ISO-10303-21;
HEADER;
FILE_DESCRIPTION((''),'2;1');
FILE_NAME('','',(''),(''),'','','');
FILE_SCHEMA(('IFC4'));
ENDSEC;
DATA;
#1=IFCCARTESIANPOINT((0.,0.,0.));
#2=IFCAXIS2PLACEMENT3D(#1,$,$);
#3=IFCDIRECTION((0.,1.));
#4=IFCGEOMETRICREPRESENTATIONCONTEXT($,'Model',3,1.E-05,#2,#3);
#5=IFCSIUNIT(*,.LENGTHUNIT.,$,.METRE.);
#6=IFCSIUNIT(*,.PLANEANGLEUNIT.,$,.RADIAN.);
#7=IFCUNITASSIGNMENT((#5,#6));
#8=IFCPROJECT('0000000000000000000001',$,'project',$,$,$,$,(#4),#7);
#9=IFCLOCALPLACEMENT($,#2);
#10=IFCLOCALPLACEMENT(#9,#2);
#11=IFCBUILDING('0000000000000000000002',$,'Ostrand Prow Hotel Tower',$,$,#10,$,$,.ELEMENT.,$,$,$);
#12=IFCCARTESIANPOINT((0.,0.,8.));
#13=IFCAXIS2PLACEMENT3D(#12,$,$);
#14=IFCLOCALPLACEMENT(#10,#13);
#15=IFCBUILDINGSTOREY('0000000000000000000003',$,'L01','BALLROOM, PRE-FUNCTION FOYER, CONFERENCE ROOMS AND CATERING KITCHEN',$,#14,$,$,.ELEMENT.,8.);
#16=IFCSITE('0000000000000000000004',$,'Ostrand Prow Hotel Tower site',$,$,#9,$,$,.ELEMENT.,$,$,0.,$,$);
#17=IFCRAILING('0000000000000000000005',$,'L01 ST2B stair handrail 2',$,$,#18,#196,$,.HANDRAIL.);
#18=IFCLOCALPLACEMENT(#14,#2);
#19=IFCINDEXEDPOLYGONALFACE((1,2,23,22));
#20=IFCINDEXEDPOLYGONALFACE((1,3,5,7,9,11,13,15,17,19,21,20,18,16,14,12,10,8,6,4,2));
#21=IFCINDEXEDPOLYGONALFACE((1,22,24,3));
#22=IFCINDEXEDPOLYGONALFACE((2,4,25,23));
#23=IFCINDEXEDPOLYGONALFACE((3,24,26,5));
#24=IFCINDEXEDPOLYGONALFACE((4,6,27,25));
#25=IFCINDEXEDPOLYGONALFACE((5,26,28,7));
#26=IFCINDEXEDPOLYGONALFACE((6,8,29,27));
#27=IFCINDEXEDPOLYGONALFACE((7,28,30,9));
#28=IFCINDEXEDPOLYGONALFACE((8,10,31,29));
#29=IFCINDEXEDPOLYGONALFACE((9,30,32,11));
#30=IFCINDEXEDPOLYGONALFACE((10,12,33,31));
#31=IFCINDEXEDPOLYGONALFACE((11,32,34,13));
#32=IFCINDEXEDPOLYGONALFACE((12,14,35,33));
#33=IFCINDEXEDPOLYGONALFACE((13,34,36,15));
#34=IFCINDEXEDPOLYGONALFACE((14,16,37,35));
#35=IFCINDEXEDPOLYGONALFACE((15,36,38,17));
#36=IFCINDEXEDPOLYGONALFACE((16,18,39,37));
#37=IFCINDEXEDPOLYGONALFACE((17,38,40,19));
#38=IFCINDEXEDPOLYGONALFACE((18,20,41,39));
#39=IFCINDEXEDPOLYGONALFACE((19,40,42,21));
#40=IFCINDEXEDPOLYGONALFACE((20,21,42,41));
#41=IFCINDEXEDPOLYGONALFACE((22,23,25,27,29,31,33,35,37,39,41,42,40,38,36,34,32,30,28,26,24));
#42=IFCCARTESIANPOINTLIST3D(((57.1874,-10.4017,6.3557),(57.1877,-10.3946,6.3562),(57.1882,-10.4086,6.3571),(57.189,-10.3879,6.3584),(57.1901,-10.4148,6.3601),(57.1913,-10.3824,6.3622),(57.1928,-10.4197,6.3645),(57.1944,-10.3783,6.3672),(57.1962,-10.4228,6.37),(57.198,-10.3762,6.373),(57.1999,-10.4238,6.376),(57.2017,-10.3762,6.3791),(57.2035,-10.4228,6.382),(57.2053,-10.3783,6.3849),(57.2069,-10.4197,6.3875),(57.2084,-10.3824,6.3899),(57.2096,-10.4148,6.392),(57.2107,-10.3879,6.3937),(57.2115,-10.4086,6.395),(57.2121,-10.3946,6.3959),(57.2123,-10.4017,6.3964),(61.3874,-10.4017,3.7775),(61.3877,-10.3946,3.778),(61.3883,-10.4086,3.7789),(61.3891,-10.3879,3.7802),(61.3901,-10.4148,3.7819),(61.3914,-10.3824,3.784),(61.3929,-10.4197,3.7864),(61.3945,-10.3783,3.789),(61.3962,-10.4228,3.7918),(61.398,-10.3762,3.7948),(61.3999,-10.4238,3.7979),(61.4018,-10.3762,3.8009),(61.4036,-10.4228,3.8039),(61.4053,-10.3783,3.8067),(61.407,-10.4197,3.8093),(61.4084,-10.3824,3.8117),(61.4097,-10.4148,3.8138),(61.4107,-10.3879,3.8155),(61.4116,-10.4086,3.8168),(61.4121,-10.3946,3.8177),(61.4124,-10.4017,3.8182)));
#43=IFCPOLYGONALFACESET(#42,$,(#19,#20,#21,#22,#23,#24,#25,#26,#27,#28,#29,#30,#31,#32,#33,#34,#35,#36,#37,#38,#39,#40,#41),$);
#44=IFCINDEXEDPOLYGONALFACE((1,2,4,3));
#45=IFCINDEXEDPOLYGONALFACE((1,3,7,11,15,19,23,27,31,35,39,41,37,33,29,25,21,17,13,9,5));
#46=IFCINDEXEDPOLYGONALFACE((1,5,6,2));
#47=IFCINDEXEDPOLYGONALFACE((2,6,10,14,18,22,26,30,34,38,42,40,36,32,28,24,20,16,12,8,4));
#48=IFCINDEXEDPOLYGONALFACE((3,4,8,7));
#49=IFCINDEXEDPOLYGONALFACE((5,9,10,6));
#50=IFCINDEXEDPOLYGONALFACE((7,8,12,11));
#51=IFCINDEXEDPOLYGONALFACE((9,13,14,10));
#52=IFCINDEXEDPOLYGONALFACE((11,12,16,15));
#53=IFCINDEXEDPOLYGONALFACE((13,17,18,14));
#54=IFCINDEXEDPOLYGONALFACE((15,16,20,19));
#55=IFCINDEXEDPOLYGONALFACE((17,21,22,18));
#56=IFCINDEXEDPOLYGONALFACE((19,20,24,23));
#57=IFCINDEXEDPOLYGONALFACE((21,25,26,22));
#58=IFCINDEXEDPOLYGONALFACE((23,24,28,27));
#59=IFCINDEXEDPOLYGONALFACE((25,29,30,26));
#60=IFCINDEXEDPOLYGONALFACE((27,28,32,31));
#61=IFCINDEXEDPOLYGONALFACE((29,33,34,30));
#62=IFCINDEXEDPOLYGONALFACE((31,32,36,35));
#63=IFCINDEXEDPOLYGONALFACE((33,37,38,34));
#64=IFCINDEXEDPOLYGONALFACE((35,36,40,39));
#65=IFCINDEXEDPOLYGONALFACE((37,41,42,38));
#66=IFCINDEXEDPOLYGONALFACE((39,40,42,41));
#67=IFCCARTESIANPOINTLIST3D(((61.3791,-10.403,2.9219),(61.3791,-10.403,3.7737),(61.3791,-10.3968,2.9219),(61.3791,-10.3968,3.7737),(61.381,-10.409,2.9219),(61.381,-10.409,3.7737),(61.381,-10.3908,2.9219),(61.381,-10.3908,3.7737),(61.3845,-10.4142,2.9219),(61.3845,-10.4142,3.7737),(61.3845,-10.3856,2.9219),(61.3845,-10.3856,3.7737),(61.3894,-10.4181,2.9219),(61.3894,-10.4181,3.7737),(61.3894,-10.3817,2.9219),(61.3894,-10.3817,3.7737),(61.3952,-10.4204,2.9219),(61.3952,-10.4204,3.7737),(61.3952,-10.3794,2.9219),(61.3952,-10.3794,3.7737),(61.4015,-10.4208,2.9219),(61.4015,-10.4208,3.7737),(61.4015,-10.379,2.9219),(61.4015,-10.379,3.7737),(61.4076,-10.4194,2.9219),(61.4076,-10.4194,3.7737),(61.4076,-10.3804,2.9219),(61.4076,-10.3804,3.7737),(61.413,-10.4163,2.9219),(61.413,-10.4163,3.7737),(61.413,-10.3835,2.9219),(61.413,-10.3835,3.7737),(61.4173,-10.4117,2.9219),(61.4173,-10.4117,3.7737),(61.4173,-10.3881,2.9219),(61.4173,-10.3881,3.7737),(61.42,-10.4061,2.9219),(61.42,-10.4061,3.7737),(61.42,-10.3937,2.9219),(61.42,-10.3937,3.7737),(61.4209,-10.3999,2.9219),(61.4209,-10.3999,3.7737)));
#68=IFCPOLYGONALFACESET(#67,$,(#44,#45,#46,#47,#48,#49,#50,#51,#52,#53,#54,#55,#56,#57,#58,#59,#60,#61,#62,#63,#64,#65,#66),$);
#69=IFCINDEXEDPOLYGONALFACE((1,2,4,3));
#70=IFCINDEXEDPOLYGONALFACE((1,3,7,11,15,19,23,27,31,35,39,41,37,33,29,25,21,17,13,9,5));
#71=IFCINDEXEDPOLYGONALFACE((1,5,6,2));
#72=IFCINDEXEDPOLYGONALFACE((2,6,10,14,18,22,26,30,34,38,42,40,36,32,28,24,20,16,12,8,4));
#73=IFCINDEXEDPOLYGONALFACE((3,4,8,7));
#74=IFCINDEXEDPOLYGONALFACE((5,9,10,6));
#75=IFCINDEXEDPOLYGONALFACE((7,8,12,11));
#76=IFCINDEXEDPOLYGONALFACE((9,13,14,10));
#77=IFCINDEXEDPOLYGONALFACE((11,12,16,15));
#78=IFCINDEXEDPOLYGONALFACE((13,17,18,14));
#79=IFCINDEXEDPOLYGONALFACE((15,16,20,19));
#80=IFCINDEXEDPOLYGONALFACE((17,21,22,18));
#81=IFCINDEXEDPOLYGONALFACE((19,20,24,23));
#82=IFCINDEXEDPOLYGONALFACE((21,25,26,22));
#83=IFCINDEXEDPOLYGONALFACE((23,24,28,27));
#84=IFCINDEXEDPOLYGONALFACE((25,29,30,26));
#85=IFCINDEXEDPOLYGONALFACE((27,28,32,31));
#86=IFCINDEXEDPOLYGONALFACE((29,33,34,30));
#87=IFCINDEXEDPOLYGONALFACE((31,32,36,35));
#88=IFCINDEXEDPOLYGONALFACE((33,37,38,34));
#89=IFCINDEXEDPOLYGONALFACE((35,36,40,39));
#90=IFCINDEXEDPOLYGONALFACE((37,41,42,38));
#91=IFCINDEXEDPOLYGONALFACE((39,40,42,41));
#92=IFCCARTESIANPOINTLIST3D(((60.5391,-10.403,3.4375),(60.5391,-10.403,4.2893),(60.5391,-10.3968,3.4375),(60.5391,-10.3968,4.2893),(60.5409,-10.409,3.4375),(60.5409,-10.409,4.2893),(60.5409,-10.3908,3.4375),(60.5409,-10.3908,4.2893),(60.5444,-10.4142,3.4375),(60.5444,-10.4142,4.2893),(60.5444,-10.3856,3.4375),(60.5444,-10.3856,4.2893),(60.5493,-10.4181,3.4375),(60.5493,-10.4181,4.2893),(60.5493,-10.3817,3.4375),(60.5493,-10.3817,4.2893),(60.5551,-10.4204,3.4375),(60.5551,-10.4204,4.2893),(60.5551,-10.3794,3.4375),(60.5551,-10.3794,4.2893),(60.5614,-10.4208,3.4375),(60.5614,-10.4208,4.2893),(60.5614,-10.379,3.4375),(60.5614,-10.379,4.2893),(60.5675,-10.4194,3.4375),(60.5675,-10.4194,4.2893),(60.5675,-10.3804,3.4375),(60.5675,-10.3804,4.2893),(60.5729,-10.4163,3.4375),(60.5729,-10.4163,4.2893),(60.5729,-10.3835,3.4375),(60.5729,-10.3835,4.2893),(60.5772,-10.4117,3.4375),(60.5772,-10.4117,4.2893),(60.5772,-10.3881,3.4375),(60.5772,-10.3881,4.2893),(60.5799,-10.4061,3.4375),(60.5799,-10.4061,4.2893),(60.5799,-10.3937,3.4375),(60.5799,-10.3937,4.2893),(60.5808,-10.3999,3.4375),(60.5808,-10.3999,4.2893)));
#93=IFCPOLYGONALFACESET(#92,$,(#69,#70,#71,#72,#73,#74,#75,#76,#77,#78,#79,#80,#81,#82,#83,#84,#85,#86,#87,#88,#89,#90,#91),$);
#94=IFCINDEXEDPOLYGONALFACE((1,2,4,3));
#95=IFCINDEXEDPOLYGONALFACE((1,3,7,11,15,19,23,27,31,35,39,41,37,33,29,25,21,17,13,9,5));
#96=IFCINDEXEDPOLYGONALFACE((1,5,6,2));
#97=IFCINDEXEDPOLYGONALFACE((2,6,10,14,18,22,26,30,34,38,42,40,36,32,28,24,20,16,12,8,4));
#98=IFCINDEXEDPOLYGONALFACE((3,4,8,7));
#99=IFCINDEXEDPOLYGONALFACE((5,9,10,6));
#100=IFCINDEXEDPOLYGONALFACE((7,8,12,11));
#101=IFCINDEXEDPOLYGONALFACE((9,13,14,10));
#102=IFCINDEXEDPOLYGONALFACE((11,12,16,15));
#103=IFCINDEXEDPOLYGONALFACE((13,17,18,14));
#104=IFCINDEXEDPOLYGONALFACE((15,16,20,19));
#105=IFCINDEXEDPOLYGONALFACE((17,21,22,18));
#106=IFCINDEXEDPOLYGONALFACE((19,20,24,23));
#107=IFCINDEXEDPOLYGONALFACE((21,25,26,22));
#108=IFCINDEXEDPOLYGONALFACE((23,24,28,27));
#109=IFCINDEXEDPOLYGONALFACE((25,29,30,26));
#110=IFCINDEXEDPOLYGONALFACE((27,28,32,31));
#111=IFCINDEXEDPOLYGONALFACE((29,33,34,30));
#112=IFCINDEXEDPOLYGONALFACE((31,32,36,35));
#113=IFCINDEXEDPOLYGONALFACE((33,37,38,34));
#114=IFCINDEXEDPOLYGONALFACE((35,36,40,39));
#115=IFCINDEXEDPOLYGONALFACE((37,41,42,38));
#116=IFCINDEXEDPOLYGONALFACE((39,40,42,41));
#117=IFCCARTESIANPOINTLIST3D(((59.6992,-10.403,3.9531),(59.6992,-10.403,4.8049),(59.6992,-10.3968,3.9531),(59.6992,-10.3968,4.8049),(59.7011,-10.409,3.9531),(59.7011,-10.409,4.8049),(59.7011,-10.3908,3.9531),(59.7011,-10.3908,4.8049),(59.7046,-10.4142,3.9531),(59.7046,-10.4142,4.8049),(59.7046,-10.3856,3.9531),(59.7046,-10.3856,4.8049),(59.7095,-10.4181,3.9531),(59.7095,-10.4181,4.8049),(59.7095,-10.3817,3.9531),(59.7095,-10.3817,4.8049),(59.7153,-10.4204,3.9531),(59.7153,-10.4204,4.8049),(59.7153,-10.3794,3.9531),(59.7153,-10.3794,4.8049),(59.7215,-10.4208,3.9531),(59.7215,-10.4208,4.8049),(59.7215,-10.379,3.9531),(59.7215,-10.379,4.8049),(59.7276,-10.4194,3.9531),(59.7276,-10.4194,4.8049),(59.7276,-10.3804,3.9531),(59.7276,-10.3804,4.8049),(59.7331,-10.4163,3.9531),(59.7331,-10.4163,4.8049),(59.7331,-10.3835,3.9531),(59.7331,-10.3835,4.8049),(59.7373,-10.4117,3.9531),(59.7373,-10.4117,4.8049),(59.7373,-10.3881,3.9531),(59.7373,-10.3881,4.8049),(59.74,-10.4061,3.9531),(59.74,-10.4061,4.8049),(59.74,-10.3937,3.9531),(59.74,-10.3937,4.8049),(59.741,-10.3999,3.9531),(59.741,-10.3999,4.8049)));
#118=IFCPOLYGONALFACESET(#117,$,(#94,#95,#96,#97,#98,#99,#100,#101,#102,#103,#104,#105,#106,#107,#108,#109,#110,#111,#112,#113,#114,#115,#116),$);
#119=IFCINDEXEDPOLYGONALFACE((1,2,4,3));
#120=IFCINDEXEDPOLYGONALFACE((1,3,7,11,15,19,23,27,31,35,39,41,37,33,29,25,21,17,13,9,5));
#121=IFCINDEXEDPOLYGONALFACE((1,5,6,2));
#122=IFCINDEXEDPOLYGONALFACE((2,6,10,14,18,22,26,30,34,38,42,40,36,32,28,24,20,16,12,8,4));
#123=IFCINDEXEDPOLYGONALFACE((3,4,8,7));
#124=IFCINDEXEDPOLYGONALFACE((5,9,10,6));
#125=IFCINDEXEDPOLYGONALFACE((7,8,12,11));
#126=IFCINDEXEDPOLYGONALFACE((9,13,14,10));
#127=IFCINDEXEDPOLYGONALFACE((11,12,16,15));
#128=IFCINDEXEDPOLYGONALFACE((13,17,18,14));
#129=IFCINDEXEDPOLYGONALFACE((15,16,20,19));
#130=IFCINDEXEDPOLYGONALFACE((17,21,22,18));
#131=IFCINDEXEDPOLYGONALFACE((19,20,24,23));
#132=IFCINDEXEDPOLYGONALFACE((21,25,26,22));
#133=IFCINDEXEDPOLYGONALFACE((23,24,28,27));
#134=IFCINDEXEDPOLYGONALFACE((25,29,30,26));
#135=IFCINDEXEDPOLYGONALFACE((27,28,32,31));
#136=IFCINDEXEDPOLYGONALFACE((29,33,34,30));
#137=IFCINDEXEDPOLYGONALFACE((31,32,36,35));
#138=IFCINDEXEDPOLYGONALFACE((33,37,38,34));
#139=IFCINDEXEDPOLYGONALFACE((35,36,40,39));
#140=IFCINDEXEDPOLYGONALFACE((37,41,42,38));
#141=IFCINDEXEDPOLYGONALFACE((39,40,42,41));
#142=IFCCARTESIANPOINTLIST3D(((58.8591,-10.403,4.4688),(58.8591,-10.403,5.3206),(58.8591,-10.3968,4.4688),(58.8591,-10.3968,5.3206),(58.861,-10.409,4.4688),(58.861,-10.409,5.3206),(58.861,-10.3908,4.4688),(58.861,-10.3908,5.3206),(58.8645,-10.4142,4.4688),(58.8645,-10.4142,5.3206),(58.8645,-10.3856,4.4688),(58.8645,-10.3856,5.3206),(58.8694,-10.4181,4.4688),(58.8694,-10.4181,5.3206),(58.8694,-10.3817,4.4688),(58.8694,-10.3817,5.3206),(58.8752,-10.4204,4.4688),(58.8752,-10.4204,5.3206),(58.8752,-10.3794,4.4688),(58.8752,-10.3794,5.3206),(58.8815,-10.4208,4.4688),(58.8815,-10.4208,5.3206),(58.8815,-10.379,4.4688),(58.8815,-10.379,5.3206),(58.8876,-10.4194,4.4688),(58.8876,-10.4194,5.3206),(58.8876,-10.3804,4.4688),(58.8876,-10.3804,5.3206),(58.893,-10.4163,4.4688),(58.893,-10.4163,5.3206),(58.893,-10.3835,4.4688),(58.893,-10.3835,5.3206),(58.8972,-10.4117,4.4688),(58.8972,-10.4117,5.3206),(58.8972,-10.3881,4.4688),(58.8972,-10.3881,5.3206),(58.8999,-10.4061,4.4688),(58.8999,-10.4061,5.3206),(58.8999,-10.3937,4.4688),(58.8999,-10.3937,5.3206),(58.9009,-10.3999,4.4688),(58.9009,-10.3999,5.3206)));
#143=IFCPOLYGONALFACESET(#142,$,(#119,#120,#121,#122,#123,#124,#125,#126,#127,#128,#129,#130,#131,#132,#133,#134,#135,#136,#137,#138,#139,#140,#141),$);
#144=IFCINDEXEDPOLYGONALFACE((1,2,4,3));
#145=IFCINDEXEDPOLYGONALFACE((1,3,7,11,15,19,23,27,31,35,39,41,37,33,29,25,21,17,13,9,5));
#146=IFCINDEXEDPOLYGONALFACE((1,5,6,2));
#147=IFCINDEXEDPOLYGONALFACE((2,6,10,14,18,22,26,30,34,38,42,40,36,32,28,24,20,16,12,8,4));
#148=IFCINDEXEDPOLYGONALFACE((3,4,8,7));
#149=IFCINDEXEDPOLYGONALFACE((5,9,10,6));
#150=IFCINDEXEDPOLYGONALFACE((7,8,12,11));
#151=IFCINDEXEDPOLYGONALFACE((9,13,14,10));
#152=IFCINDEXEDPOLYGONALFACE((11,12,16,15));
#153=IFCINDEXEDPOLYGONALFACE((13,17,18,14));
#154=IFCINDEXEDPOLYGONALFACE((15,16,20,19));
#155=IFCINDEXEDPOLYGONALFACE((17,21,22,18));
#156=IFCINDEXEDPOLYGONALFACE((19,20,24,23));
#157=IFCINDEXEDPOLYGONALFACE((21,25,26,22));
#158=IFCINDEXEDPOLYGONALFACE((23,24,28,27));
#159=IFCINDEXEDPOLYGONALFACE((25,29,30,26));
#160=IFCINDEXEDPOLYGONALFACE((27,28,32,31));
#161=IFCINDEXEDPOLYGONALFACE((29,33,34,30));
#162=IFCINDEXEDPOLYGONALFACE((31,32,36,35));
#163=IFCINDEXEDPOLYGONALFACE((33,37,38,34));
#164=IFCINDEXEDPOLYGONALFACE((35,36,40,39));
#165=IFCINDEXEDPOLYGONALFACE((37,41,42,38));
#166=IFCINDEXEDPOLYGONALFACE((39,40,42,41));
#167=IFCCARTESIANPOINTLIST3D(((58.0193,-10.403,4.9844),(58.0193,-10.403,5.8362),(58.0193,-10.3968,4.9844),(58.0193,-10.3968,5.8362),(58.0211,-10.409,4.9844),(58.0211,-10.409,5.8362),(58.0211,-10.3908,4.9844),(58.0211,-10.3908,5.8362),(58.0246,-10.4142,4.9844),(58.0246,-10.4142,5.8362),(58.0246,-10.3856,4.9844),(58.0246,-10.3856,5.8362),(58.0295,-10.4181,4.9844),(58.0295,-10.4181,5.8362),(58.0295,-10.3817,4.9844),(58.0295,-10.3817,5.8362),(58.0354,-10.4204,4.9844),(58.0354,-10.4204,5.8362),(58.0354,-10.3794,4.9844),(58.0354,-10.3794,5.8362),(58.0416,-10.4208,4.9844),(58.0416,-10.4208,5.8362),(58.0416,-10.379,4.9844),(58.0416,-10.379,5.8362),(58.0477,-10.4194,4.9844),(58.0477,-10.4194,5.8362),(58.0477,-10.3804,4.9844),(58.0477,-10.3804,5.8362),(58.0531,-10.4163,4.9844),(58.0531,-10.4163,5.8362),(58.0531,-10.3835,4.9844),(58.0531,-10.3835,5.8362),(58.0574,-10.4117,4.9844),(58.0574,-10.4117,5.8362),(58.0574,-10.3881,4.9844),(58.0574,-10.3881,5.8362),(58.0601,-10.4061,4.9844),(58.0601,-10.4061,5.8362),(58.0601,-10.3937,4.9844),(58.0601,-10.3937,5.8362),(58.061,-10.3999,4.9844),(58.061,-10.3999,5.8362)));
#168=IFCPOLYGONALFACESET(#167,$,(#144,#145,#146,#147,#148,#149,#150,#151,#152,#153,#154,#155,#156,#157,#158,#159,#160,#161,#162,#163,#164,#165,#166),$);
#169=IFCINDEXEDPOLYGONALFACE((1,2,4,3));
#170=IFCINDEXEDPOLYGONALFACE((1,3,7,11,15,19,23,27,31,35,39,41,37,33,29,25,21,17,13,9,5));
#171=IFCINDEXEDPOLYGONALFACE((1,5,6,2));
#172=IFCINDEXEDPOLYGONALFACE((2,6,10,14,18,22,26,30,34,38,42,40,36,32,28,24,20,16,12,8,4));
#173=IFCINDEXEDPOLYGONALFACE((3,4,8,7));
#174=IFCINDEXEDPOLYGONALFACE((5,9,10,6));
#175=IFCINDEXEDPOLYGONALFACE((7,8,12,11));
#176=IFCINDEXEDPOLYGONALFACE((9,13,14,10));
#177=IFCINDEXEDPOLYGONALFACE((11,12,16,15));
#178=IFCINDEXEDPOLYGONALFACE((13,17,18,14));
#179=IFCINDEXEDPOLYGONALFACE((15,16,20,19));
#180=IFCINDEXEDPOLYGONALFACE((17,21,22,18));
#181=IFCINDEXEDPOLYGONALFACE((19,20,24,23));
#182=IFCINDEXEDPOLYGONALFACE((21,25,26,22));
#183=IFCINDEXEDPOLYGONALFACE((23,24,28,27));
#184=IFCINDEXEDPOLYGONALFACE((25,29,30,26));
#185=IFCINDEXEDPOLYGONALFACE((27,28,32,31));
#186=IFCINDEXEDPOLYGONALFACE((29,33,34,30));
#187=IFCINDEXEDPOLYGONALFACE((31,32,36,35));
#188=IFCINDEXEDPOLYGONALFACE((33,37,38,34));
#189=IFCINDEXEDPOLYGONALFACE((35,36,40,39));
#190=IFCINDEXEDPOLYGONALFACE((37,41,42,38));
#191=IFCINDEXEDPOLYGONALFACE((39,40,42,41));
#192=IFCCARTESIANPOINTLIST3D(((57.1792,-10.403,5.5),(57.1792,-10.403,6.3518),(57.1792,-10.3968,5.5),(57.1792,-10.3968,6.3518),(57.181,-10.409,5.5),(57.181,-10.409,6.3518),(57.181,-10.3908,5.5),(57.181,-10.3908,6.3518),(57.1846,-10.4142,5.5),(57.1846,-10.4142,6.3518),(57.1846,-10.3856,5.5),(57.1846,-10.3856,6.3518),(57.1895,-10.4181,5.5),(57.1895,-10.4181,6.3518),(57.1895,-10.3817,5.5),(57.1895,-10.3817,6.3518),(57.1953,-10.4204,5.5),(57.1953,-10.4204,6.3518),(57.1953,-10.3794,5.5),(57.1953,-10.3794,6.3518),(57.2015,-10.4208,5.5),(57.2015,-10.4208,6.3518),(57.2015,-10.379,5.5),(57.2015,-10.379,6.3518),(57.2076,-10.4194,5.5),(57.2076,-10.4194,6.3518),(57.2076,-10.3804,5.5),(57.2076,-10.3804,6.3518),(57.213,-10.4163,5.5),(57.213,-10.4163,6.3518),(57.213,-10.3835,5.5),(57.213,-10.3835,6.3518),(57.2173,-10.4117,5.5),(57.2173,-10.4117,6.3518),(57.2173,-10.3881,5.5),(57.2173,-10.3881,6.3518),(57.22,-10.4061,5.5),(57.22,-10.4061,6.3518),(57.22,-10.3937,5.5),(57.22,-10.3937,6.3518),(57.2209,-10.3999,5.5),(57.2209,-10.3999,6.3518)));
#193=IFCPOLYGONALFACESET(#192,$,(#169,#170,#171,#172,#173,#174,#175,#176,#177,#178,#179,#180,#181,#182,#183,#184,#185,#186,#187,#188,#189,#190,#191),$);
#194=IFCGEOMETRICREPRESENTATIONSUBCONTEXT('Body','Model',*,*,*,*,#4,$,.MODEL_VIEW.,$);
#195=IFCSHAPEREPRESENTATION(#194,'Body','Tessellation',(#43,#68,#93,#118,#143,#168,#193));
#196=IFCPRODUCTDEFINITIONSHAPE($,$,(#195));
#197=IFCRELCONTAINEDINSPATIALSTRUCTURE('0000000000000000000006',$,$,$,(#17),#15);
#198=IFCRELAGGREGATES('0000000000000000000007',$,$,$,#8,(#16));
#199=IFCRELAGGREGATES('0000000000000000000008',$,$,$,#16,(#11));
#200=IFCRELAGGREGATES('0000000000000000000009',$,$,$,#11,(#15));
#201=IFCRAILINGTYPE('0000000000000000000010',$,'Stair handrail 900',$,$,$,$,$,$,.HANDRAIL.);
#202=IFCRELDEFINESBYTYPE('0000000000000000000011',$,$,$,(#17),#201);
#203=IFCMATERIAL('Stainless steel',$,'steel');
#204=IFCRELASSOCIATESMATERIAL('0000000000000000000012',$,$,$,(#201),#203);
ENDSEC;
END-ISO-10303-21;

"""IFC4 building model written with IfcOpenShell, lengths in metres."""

from ifc_helpers import new_model, si_unit, direction, frame, origin, origin_2d, place, context, subcontext, project, spatial, circle, extrude, material, type_object, element, save


model = new_model("IFC4")

# Units and contexts
model_context = context("Model", 3, precision=1e-05, world=origin(), true_north=direction((0.0, 1.0)))
body_context = subcontext(model_context, "Body", "Model", "MODEL_VIEW")
ifc_project = project(units=[si_unit("LENGTHUNIT", "METRE"), si_unit("PLANEANGLEUNIT", "RADIAN")], contexts=[model_context])

# Site, building, storey
site_placement = place(None, origin())
site = spatial("IfcSite", under=ifc_project, at=site_placement, Name="Ostrand Prow Hotel Tower site", CompositionType="ELEMENT", RefElevation=0.0)
building_placement = place(site_placement, origin())
building = spatial("IfcBuilding", under=site, at=building_placement, Name="Ostrand Prow Hotel Tower", CompositionType="ELEMENT")
storey_placement = place(building_placement, frame((0.0, 0.0, 8.0)))
storey = spatial("IfcBuildingStorey", under=building, at=storey_placement, Name="L01", Description="BALLROOM, PRE-FUNCTION FOYER, CONFERENCE ROOMS AND CATERING KITCHEN", CompositionType="ELEMENT", Elevation=8.0)

# Railing
ifc_material_1 = material(Name="Stainless steel", Category="steel")
railing_type_1 = type_object("IfcRailingType", Name="Stair handrail 900", PredefinedType="HANDRAIL", material=ifc_material_1)
railing_1_placement = place(storey_placement, frame((61.3999, -10.3999, 2.9219)))
element("IfcRailing", 1, at=railing_1_placement, inside=storey, type_object=railing_type_1, Name="L01 ST2B stair handrail 2", PredefinedType="HANDRAIL", context=body_context, shape_type="SweptSolid", body=[
    extrude(circle(Radius=0.0239, at=origin_2d()), frame((0.0, 0.0, 0.876), z_axis=(-0.852243, 0.0, 0.523146), x_axis=(0.0, -1.0, 0.0)), (0.0, 0.0, 1.0), 4.9282),
    extrude(circle(Radius=0.021, at=origin_2d()), origin(), (0.0, 0.0, 1.0), 0.8518),
    extrude(circle(Radius=0.021, at=origin_2d()), frame((-0.8401, 0.0, 0.5156)), (0.0, 0.0, 1.0), 0.8518),
    extrude(circle(Radius=0.021, at=origin_2d()), frame((-1.6799, 0.0, 1.0312)), (0.0, 0.0, 1.0), 0.8518),
    extrude(circle(Radius=0.021, at=origin_2d()), frame((-2.52, 0.0, 1.5469)), (0.0, 0.0, 1.0), 0.8518),
    extrude(circle(Radius=0.021, at=origin_2d()), frame((-3.3599, 0.0, 2.0625)), (0.0, 0.0, 1.0), 0.8518),
    extrude(circle(Radius=0.021, at=origin_2d()), frame((-4.2, 0.0, 2.5781)), (0.0, 0.0, 1.0), 0.8518),
])

save(model, "model.ifc")
